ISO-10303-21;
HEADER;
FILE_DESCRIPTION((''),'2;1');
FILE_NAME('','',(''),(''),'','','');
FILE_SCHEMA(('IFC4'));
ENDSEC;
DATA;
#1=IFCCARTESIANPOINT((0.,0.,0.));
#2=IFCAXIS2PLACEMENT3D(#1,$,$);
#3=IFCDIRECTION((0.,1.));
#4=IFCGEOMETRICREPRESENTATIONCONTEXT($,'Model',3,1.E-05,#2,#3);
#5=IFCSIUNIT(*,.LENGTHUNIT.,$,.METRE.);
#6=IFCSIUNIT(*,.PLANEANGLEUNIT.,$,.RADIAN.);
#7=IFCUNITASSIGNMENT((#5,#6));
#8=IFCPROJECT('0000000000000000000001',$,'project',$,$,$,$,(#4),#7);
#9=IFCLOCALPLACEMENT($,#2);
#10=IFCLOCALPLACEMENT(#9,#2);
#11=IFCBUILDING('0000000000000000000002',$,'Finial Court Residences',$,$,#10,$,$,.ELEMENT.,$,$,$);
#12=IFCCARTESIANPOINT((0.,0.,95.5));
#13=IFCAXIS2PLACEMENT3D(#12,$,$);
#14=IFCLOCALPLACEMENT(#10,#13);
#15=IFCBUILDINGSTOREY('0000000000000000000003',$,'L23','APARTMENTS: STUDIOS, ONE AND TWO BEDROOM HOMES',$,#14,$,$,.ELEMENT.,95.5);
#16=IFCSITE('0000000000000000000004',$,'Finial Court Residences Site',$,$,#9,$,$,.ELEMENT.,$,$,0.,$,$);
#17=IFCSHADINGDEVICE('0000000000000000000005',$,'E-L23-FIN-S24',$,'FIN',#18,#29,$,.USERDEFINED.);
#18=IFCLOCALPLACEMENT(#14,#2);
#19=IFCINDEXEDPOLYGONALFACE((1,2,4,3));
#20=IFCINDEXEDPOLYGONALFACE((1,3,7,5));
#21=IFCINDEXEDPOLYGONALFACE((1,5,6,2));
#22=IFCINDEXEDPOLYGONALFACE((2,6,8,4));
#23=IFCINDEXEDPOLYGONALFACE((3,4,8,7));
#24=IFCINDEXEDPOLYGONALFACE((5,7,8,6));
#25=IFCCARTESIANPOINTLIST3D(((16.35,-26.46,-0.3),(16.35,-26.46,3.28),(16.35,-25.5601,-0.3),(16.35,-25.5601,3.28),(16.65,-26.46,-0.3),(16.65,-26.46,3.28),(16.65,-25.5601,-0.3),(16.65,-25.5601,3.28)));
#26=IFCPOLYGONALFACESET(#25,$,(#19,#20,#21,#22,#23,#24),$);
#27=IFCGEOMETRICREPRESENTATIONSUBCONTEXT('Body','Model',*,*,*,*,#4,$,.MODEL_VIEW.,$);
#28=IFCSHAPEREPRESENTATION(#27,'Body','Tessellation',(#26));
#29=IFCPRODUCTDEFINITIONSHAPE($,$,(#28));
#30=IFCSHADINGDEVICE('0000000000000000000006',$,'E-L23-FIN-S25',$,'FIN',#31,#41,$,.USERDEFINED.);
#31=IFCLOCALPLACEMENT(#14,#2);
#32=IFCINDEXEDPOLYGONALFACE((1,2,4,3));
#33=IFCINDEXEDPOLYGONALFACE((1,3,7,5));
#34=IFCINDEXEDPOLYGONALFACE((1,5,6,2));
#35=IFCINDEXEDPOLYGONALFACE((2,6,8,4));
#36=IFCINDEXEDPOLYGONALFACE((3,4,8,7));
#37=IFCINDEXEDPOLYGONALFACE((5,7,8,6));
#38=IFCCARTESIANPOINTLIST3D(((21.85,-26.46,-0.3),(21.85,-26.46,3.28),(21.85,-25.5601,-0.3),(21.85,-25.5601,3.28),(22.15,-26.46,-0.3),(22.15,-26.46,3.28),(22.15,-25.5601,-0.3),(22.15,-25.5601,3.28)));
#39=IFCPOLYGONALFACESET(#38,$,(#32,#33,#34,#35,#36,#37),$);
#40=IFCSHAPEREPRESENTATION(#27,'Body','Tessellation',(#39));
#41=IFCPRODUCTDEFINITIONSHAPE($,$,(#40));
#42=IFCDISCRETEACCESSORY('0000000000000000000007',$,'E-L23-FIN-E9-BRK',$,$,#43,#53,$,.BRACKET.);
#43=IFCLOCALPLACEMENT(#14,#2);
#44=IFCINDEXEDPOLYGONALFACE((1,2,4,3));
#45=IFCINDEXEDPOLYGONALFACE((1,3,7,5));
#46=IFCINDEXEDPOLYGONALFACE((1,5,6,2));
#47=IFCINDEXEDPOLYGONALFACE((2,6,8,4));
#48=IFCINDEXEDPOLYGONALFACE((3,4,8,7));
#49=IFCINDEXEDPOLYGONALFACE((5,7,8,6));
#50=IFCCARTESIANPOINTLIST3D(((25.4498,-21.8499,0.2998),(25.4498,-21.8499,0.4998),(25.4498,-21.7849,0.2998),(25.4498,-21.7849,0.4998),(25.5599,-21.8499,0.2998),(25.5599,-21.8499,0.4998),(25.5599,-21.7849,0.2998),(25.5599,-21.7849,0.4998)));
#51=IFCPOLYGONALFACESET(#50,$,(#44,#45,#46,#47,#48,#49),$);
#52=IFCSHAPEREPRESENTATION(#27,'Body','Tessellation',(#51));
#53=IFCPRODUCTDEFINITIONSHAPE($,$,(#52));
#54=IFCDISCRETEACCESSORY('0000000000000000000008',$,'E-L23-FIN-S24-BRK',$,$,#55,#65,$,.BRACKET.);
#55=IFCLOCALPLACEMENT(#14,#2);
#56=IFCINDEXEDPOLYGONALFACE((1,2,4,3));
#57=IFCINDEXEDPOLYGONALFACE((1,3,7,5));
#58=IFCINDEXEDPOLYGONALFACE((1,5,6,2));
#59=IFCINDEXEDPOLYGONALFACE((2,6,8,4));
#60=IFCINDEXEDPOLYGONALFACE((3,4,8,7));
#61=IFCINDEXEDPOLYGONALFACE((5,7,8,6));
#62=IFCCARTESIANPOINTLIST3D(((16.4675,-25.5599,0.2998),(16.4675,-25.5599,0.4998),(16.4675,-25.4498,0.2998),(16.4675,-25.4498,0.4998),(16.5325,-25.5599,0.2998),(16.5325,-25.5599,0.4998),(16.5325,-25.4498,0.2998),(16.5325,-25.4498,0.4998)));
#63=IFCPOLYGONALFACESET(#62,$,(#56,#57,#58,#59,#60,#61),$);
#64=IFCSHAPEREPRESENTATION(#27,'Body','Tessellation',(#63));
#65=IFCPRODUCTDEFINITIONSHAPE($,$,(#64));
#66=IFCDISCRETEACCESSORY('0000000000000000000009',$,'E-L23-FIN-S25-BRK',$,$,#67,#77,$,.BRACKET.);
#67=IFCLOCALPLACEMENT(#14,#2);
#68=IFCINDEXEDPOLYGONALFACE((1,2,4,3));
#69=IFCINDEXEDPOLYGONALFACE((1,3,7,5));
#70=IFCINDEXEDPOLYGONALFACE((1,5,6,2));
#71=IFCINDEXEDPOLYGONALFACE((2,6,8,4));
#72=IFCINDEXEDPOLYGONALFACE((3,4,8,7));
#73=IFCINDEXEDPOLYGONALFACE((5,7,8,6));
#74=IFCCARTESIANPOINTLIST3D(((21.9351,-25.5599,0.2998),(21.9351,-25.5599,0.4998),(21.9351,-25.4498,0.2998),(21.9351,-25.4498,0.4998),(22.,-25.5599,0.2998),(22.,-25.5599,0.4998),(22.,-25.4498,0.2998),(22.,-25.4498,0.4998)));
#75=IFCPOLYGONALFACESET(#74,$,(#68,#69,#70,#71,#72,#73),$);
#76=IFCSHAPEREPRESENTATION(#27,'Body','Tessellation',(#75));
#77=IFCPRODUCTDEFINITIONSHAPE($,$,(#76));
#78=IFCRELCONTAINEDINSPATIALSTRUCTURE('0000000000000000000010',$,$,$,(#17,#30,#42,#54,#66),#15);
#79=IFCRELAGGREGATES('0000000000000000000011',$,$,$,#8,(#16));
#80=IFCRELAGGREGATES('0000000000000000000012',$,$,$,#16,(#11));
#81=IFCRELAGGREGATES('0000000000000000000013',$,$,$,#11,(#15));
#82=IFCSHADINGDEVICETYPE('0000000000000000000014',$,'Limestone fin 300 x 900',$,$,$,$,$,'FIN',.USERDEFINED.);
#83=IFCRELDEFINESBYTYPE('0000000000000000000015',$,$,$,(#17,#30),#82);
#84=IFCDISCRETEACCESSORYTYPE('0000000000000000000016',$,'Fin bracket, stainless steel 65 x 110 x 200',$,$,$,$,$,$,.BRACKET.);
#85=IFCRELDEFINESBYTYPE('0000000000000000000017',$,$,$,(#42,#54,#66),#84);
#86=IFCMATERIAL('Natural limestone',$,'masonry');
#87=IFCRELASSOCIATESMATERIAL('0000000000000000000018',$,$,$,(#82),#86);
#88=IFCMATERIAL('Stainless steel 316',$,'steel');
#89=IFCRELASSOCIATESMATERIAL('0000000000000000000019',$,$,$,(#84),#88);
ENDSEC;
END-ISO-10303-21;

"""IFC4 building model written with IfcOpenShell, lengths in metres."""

from ifc_helpers import new_model, si_unit, direction, frame, origin, origin_2d, place, context, subcontext, project, spatial, rectangle, extrude, material, type_object, element, save


model = new_model("IFC4")

# Units and contexts
model_context = context("Model", 3, precision=1e-05, world=origin(), true_north=direction((0.0, 1.0)))
body_context = subcontext(model_context, "Body", "Model", "MODEL_VIEW")
ifc_project = project(units=[si_unit("LENGTHUNIT", "METRE"), si_unit("PLANEANGLEUNIT", "RADIAN")], contexts=[model_context])

# Site, building, storey
site_placement = place(None, origin())
site = spatial("IfcSite", under=ifc_project, at=site_placement, Name="Finial Court Residences Site", CompositionType="ELEMENT", RefElevation=0.0)
building_placement = place(site_placement, origin())
building = spatial("IfcBuilding", under=site, at=building_placement, Name="Finial Court Residences", CompositionType="ELEMENT")
storey_placement = place(building_placement, frame((0.0, 0.0, 95.5)))
storey = spatial("IfcBuildingStorey", under=building, at=storey_placement, Name="L23", Description="APARTMENTS: STUDIOS, ONE AND TWO BEDROOM HOMES", CompositionType="ELEMENT", Elevation=95.5)

# Shared definitions
ifc_material_1 = material(Name="Natural limestone", Category="masonry")

# Shading devices
shading_device_type = type_object("IfcShadingDeviceType", Name="Limestone fin 300 x 900", ElementType="FIN", PredefinedType="USERDEFINED", material=ifc_material_1)
for number, where, z_axis, x_axis, name in (
    (1, (16.5, -26.01, -0.3), (0.0, 0.0, 1.0), (1.0, 0.0, 0.0), "E-L23-FIN-S24"),
    (2, (22.0, -26.01, -0.3), (0.0, 0.0, 1.0), (1.0, 0.0, 0.0), "E-L23-FIN-S25"),
):
    element("IfcShadingDevice", number, at=place(storey_placement, frame(where, z_axis=z_axis, x_axis=x_axis)), inside=storey, type_object=shading_device_type, Name=name, ObjectType="FIN", PredefinedType="USERDEFINED", context=body_context, shape_type="SweptSolid", body=[
        extrude(rectangle(XDim=0.3, YDim=0.8999, at=origin_2d()), origin(), (0.0, 0.0, 1.0), 3.5801),
    ])

# Discrete accessories
ifc_material_2 = material(Name="Stainless steel 316", Category="steel")
discrete_accessory_type = type_object("IfcDiscreteAccessoryType", Name="Fin bracket, stainless steel 65 x 110 x 200", PredefinedType="BRACKET", material=ifc_material_2)
discrete_accessory_placement = place(storey_placement, frame((25.5049, -21.8174, 0.2998), z_axis=(0.0, 0.0, 1.0), x_axis=(1.0, 0.0, 0.0)))
element("IfcDiscreteAccessory", 3, at=discrete_accessory_placement, inside=storey, type_object=discrete_accessory_type, Name="E-L23-FIN-E9-BRK", PredefinedType="BRACKET", context=body_context, shape_type="SweptSolid", body=[
    extrude(rectangle(XDim=0.1101, YDim=0.0649, at=origin_2d()), origin(), (0.0, 0.0, 1.0), 0.2),
])
for number, where, z_axis, x_axis, name in (
    (4, (16.5, -25.5049, 0.2998), (0.0, 0.0, 1.0), (1.0, 0.0, 0.0), "E-L23-FIN-S24-BRK"),
    (5, (21.9675, -25.5049, 0.2998), (0.0, 0.0, 1.0), (1.0, 0.0, 0.0), "E-L23-FIN-S25-BRK"),
):
    element("IfcDiscreteAccessory", number, at=place(storey_placement, frame(where, z_axis=z_axis, x_axis=x_axis)), inside=storey, type_object=discrete_accessory_type, Name=name, PredefinedType="BRACKET", context=body_context, shape_type="SweptSolid", body=[
        extrude(rectangle(XDim=0.0649, YDim=0.1101, at=origin_2d()), origin(), (0.0, 0.0, 1.0), 0.2),
    ])

save(model, "model.ifc")
